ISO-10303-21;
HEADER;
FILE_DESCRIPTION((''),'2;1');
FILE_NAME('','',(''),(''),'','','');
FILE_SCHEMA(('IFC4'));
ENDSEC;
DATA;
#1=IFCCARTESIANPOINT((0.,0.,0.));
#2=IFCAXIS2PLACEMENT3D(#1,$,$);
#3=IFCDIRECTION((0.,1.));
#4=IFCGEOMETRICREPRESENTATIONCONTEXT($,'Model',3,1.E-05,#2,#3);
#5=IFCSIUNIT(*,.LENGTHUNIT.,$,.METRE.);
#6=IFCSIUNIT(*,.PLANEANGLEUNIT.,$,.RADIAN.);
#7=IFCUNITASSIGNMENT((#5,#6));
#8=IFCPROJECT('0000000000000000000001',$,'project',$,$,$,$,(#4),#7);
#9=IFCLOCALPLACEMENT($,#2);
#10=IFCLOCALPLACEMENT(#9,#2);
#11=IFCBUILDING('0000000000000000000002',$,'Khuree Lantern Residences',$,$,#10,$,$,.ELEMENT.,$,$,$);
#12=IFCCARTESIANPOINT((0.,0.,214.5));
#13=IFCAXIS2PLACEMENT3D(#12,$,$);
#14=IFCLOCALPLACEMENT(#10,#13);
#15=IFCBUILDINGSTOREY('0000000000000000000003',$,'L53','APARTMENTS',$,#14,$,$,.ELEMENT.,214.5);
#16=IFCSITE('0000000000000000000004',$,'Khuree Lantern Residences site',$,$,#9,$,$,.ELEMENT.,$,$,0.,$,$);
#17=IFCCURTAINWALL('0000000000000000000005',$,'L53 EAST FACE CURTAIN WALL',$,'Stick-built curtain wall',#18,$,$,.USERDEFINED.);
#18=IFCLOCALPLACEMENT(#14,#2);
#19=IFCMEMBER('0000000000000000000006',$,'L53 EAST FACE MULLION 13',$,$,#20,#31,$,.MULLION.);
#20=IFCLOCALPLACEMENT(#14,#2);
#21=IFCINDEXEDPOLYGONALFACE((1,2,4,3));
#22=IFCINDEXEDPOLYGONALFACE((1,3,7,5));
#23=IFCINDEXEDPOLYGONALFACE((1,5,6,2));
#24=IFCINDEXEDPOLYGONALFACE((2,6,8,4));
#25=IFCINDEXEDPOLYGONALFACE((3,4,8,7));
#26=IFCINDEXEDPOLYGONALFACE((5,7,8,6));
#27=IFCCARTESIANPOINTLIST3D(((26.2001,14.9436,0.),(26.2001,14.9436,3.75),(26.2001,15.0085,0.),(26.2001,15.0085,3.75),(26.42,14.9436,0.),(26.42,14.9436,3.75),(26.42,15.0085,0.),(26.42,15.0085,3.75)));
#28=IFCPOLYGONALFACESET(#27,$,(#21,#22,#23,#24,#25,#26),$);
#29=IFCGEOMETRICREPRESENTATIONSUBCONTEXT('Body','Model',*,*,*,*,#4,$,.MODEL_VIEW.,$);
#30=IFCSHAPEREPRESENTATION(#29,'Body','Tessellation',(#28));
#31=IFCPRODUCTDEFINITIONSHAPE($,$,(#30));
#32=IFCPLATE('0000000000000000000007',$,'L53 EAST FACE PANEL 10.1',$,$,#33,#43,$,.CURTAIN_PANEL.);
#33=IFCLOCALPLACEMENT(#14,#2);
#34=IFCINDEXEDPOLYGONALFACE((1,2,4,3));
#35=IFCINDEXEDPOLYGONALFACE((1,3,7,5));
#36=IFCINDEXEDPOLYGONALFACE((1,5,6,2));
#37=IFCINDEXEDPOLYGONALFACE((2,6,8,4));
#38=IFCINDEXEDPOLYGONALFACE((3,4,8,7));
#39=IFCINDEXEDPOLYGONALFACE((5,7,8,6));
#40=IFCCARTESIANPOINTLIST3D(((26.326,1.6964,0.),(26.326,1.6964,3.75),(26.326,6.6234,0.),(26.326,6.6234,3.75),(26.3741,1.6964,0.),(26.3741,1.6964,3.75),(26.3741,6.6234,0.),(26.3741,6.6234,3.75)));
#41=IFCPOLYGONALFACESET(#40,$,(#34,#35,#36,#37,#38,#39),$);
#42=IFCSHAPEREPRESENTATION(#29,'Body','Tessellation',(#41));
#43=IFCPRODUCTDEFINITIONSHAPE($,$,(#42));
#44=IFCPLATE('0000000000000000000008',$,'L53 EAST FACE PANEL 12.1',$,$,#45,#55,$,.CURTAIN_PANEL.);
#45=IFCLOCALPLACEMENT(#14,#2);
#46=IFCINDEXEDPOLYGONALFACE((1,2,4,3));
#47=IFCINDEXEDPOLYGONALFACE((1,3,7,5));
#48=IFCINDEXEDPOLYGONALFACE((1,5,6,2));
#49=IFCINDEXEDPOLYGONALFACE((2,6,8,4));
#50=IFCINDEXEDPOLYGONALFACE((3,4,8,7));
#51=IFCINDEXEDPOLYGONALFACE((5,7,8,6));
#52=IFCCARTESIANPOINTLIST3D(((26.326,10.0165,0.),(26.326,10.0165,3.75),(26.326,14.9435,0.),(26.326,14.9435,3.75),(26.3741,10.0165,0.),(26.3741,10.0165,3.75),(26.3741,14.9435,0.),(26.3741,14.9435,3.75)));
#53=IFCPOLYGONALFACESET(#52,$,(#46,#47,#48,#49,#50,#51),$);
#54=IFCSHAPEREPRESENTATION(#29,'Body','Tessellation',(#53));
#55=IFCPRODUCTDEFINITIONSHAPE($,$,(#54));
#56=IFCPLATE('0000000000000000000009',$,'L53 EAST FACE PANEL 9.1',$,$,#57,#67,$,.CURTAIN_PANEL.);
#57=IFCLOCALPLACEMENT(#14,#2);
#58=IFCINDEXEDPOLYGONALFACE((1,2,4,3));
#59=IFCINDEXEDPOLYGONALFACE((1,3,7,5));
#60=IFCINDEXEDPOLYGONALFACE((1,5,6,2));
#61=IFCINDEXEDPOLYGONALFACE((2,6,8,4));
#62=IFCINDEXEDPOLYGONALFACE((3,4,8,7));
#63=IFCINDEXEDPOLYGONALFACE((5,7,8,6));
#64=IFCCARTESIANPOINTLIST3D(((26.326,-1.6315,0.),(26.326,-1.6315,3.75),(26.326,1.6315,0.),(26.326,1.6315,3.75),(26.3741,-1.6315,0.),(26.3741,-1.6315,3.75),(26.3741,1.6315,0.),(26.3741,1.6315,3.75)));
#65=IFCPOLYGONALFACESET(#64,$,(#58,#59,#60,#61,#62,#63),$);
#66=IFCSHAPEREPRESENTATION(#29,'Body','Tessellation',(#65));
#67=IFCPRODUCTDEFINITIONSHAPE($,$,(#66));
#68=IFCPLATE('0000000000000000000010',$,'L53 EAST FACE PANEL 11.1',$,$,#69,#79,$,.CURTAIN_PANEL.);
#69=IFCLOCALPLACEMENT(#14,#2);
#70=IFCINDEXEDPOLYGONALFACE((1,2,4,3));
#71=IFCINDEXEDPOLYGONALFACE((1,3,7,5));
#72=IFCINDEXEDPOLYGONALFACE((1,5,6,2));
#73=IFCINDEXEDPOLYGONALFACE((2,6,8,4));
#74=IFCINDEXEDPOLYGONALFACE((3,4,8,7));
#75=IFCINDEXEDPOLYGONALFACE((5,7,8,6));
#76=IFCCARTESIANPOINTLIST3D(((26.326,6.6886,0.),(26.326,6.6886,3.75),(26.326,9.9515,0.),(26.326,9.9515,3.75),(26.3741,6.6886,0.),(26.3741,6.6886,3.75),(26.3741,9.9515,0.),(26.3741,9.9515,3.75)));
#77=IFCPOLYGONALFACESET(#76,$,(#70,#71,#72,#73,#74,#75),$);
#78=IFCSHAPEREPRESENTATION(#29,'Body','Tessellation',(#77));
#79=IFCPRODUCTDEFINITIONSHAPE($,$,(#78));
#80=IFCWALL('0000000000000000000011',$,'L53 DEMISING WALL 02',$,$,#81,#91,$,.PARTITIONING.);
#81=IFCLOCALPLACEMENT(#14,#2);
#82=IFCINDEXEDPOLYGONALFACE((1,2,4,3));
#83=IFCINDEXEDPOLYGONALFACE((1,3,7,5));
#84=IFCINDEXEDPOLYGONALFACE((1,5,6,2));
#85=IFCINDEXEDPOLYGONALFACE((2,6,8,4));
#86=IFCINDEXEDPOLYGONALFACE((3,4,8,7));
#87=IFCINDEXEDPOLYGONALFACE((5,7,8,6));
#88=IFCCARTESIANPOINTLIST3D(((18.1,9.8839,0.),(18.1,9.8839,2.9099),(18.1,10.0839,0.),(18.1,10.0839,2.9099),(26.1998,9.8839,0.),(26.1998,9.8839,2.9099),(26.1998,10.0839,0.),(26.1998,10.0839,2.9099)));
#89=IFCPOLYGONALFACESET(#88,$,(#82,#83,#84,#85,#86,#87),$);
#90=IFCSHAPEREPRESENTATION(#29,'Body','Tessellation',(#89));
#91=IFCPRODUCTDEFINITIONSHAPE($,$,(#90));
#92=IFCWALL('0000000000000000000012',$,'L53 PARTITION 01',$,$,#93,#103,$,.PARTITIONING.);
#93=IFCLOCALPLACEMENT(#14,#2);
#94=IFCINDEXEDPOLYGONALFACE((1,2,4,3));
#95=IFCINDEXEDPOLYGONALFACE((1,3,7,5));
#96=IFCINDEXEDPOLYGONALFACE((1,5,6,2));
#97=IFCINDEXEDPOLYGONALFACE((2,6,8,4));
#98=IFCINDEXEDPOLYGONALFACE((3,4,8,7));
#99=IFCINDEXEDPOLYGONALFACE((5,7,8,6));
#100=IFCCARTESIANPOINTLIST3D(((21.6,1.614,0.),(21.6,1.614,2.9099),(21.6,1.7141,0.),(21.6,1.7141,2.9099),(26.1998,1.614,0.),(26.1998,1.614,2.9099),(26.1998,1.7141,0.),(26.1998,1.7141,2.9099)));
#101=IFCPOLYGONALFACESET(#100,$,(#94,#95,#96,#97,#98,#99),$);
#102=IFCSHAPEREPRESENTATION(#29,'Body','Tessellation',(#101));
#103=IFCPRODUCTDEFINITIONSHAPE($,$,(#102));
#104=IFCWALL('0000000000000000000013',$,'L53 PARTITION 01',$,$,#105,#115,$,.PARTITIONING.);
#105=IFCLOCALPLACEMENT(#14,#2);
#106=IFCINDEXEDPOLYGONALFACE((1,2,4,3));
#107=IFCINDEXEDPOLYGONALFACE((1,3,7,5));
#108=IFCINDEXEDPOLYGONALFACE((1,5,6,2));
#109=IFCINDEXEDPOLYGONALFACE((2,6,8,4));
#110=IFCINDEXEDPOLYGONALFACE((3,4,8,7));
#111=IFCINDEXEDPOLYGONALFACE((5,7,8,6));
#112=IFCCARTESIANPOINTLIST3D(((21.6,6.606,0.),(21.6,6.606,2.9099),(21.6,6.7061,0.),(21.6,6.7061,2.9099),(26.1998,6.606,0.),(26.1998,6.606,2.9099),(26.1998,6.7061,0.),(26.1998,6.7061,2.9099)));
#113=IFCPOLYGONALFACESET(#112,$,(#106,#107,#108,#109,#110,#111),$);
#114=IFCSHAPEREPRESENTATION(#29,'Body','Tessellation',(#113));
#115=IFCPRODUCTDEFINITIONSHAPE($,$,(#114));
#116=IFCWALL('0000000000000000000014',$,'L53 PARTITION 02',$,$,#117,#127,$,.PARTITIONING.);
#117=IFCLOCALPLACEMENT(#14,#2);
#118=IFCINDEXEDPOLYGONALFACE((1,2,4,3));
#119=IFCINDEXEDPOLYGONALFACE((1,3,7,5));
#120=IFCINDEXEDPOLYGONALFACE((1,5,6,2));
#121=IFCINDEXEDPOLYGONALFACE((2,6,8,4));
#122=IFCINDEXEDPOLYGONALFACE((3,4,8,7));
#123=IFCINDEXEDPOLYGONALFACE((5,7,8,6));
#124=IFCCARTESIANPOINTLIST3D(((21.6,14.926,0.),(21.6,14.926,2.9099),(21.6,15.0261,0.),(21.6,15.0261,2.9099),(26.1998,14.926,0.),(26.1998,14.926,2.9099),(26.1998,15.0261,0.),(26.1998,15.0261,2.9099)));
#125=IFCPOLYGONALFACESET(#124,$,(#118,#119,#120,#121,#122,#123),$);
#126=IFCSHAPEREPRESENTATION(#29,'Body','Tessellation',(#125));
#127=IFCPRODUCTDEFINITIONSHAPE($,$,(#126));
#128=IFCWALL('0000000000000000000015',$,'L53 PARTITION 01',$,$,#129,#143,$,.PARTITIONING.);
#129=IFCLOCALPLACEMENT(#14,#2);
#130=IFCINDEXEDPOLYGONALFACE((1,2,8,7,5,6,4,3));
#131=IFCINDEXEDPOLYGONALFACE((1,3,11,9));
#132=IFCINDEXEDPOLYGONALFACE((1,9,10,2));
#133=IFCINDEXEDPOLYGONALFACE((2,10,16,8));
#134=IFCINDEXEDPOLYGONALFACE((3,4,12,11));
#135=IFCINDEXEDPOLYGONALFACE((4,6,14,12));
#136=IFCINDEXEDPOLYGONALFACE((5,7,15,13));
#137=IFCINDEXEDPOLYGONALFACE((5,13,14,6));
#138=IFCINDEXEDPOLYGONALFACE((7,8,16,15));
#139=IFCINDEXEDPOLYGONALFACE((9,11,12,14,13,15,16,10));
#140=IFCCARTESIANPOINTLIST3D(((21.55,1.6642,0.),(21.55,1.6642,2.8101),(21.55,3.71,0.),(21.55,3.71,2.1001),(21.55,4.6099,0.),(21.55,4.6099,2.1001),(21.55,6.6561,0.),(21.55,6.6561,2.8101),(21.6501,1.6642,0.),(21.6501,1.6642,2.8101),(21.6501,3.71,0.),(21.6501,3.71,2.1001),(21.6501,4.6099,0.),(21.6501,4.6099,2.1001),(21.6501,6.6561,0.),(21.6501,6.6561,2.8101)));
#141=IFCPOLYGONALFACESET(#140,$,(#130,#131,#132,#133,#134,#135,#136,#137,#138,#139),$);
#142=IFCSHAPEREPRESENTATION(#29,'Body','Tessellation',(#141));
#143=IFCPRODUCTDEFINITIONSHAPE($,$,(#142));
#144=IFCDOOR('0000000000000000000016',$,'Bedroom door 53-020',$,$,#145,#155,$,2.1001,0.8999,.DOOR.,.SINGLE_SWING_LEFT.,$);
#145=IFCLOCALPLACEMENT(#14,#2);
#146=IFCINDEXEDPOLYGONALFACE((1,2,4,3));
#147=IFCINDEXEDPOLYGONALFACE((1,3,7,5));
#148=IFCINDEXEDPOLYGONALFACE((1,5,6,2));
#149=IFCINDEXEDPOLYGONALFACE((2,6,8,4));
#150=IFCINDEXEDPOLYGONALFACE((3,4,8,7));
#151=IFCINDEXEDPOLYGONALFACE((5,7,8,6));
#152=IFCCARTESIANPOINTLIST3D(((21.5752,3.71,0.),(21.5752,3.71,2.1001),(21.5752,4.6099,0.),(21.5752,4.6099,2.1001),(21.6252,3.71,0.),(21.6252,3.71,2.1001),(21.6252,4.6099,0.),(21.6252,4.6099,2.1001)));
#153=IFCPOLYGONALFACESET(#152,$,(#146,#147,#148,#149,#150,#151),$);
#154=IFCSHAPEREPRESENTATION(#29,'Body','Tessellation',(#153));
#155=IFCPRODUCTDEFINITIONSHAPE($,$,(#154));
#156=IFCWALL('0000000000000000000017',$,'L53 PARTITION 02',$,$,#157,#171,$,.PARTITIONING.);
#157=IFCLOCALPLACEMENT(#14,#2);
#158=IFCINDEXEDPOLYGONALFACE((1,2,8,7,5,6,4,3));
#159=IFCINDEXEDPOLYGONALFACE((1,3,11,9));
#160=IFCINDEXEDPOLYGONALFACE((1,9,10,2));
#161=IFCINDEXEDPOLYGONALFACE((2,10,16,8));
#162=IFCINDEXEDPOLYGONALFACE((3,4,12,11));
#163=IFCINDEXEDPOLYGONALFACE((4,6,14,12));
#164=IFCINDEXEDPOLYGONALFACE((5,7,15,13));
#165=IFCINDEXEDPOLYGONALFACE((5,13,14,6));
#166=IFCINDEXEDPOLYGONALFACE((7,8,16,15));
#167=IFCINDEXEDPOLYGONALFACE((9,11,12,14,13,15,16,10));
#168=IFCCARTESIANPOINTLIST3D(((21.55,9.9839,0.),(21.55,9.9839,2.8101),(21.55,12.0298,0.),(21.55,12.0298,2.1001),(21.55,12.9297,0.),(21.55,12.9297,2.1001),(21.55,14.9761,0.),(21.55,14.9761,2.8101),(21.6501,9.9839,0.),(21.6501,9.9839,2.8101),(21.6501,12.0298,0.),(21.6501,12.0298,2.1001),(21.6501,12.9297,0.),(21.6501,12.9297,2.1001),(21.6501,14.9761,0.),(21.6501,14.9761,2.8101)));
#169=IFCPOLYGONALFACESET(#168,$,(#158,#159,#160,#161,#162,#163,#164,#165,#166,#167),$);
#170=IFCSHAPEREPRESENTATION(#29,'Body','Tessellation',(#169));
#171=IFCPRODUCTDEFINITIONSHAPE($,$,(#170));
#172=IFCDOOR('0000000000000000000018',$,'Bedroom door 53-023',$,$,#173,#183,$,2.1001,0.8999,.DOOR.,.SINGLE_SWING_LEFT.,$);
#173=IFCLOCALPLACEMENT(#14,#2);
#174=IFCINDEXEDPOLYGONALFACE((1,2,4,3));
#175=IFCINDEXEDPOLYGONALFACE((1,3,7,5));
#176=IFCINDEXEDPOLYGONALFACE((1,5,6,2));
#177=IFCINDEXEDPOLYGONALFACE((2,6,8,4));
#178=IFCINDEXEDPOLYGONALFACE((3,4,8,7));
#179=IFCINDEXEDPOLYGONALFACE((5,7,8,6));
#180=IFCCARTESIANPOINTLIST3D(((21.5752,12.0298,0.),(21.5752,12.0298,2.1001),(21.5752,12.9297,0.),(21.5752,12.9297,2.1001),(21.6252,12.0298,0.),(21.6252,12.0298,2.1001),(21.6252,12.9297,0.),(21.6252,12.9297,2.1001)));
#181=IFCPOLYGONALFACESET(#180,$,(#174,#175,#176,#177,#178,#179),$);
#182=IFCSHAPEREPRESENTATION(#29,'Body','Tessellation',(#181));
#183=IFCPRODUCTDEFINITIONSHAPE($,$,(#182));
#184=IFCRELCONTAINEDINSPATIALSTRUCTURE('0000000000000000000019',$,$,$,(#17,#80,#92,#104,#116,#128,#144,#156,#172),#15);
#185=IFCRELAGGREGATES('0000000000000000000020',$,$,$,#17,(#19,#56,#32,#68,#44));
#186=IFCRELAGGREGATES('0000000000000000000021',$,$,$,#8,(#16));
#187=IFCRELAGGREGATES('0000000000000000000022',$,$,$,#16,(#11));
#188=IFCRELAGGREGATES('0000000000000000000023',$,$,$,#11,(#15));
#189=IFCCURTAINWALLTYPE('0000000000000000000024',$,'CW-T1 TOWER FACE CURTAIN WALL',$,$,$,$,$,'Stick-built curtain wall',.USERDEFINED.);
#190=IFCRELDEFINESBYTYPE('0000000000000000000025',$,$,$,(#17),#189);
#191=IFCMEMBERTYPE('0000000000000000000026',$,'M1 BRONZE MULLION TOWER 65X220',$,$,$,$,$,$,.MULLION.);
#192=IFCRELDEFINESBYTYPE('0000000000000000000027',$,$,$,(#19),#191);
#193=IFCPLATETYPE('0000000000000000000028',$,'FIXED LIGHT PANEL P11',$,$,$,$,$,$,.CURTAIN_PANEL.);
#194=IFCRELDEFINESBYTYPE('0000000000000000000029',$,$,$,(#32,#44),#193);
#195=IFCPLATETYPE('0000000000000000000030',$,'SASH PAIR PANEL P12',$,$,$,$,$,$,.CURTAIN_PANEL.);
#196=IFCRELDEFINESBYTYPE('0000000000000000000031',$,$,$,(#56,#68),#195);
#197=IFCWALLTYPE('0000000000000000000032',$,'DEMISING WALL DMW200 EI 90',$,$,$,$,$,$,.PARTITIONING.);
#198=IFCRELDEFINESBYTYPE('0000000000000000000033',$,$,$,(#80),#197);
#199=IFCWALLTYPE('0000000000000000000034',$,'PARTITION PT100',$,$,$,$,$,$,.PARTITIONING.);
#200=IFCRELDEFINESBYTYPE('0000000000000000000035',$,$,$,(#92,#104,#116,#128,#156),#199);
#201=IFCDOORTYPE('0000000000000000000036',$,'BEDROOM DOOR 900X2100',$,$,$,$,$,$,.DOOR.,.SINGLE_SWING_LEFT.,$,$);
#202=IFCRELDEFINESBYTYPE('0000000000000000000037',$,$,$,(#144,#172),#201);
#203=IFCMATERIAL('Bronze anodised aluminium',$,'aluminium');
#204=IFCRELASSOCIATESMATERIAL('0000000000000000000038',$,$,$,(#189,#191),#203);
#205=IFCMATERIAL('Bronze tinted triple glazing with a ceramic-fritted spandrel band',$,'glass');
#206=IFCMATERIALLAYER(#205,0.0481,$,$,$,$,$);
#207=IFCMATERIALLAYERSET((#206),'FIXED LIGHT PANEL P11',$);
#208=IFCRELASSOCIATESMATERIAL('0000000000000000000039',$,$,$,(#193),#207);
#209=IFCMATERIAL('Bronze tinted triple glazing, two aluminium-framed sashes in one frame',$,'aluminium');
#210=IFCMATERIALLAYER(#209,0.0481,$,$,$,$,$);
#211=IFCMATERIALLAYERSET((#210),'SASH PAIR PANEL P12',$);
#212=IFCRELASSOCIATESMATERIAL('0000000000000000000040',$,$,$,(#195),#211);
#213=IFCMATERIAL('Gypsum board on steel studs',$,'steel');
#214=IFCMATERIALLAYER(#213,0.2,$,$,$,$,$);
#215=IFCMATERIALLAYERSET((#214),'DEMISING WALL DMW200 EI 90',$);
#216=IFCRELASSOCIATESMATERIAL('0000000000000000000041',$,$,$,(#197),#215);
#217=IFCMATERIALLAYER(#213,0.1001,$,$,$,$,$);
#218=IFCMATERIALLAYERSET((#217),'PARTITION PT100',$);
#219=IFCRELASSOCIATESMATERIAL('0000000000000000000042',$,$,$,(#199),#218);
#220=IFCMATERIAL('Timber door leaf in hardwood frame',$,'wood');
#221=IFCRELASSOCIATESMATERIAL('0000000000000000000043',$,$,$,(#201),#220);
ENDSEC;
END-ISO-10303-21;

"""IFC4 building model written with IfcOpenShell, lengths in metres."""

from ifc_helpers import new_model, si_unit, direction, frame, frame_2d, origin, origin_2d, place, context, subcontext, project, spatial, rectangle, extrude, material, layer, layer_set, material_profile, profile_set, type_object, element, fill, aggregate, save


model = new_model("IFC4")

# Units and contexts
model_context = context("Model", 3, precision=1e-05, world=origin(), true_north=direction((0.0, 1.0)))
body_context = subcontext(model_context, "Body", "Model", "MODEL_VIEW")
ifc_project = project(units=[si_unit("LENGTHUNIT", "METRE"), si_unit("PLANEANGLEUNIT", "RADIAN")], contexts=[model_context])

# Site, building, storey
site_placement = place(None, origin())
site = spatial("IfcSite", under=ifc_project, at=site_placement, Name="Khuree Lantern Residences site", CompositionType="ELEMENT", RefElevation=0.0)
building_placement = place(site_placement, origin())
building = spatial("IfcBuilding", under=site, at=building_placement, Name="Khuree Lantern Residences", CompositionType="ELEMENT")
storey_placement = place(building_placement, frame((0.0, 0.0, 214.5)))
storey = spatial("IfcBuildingStorey", under=building, at=storey_placement, Name="L53", Description="APARTMENTS", CompositionType="ELEMENT", Elevation=214.5)

# Curtain wall
ifc_material_1 = material(Name="Bronze anodised aluminium", Category="aluminium")
curtain_wall_type = type_object("IfcCurtainWallType", Name="CW-T1 TOWER FACE CURTAIN WALL", ElementType="Stick-built curtain wall", PredefinedType="USERDEFINED", material=ifc_material_1)
curtain_wall_placement = place(storey_placement, origin())
curtain_wall = element("IfcCurtainWall", 1, at=curtain_wall_placement, inside=storey, type_object=curtain_wall_type, Name="L53 EAST FACE CURTAIN WALL", ObjectType="Stick-built curtain wall", PredefinedType="USERDEFINED")

# Member
ifc_material_profile_1 = material_profile(ifc_material_1, rectangle(XDim=0.0649, YDim=0.22, at=origin_2d()), Name="M1 65X220")
ifc_profile_set_1 = profile_set([ifc_material_profile_1], Name="Bronze anodised aluminium")
member_type_1 = type_object("IfcMemberType", Name="M1 BRONZE MULLION TOWER 65X220", PredefinedType="MULLION", material=ifc_profile_set_1)
member_1_placement = place(storey_placement, frame((26.3101, 14.9761, 0.0), z_axis=(0.0, 0.0, 1.0), x_axis=(0.0, 1.0, 0.0)))
member_1 = element("IfcMember", 2, at=member_1_placement, type_object=member_type_1, Name="L53 EAST FACE MULLION 13", PredefinedType="MULLION", context=body_context, shape_type="SweptSolid", body=[
    extrude(rectangle(XDim=0.0649, YDim=0.22, at=origin_2d()), origin(), (0.0, 0.0, 1.0), 3.75),
])

# Plates
ifc_material_2 = material(Name="Bronze tinted triple glazing with a ceramic-fritted spandrel band", Category="glass")
ifc_layer_1 = layer(ifc_material_2, 0.0481)
ifc_layer_set_1 = layer_set([ifc_layer_1], Name="FIXED LIGHT PANEL P11")
plate_type_1 = type_object("IfcPlateType", Name="FIXED LIGHT PANEL P11", PredefinedType="CURTAIN_PANEL", material=ifc_layer_set_1)
plate_1_placement = place(storey_placement, frame((26.3501, 4.1599, 0.0), z_axis=(0.0, 0.0, 1.0), x_axis=(0.0, 1.0, 0.0)))
plate_1 = element("IfcPlate", 3, at=plate_1_placement, type_object=plate_type_1, Name="L53 EAST FACE PANEL 10.1", PredefinedType="CURTAIN_PANEL", context=body_context, shape_type="SweptSolid", body=[
    extrude(rectangle(XDim=4.927, YDim=0.0481, at=origin_2d()), origin(), (0.0, 0.0, 1.0), 3.75),
])
plate_2_placement = place(storey_placement, frame((26.3501, 12.48, 0.0), z_axis=(0.0, 0.0, 1.0), x_axis=(0.0, 1.0, 0.0)))
plate_2 = element("IfcPlate", 4, at=plate_2_placement, type_object=plate_type_1, Name="L53 EAST FACE PANEL 12.1", PredefinedType="CURTAIN_PANEL", context=body_context, shape_type="SweptSolid", body=[
    extrude(rectangle(XDim=4.927, YDim=0.0481, at=origin_2d()), origin(), (0.0, 0.0, 1.0), 3.75),
])
ifc_material_3 = material(Name="Bronze tinted triple glazing, two aluminium-framed sashes in one frame", Category="aluminium")
ifc_layer_2 = layer(ifc_material_3, 0.0481)
ifc_layer_set_2 = layer_set([ifc_layer_2], Name="SASH PAIR PANEL P12")
plate_type_2 = type_object("IfcPlateType", Name="SASH PAIR PANEL P12", PredefinedType="CURTAIN_PANEL", material=ifc_layer_set_2)
plate_3_placement = place(storey_placement, frame((26.3501, 0.0, 0.0), z_axis=(0.0, 0.0, 1.0), x_axis=(0.0, 1.0, 0.0)))
plate_3 = element("IfcPlate", 5, at=plate_3_placement, type_object=plate_type_2, Name="L53 EAST FACE PANEL 9.1", PredefinedType="CURTAIN_PANEL", context=body_context, shape_type="SweptSolid", body=[
    extrude(rectangle(XDim=3.2629, YDim=0.0481, at=origin_2d()), origin(), (0.0, 0.0, 1.0), 3.75),
])
plate_4_placement = place(storey_placement, frame((26.3501, 8.3201, 0.0), z_axis=(0.0, 0.0, 1.0), x_axis=(0.0, 1.0, 0.0)))
plate_4 = element("IfcPlate", 6, at=plate_4_placement, type_object=plate_type_2, Name="L53 EAST FACE PANEL 11.1", PredefinedType="CURTAIN_PANEL", context=body_context, shape_type="SweptSolid", body=[
    extrude(rectangle(XDim=3.2629, YDim=0.0481, at=origin_2d()), origin(), (0.0, 0.0, 1.0), 3.75),
])
aggregate(curtain_wall, [member_1, plate_3, plate_1, plate_4, plate_2])

# Walls
ifc_material_4 = material(Name="Gypsum board on steel studs", Category="steel")
ifc_layer_3 = layer(ifc_material_4, 0.2)
ifc_layer_set_3 = layer_set([ifc_layer_3], Name="DEMISING WALL DMW200 EI 90")
wall_type_1 = type_object("IfcWallType", Name="DEMISING WALL DMW200 EI 90", PredefinedType="PARTITIONING", material=ifc_layer_set_3)
wall_1_placement = place(storey_placement, frame((18.1001, 9.9839, 0.0), z_axis=(0.0, 0.0, 1.0), x_axis=(1.0, 0.0, 0.0)))
element("IfcWall", 7, at=wall_1_placement, inside=storey, type_object=wall_type_1, Name="L53 DEMISING WALL 02", PredefinedType="PARTITIONING", context=body_context, shape_type="SweptSolid", body=[
    extrude(rectangle(XDim=8.0999, YDim=0.2, at=frame_2d((4.0498, 0.0))), origin(), (0.0, 0.0, 1.0), 2.9099),
])
ifc_layer_4 = layer(ifc_material_4, 0.1001)
ifc_layer_set_4 = layer_set([ifc_layer_4], Name="PARTITION PT100")
wall_type_2 = type_object("IfcWallType", Name="PARTITION PT100", PredefinedType="PARTITIONING", material=ifc_layer_set_4)
for number, where, z_axis, x_axis, name in (
    (8, (21.6001, 1.6641, 0.0), (0.0, 0.0, 1.0), (1.0, 0.0, 0.0), "L53 PARTITION 01"),
    (9, (21.6001, 6.656, 0.0), (0.0, 0.0, 1.0), (1.0, 0.0, 0.0), "L53 PARTITION 01"),
    (10, (21.6001, 14.9761, 0.0), (0.0, 0.0, 1.0), (1.0, 0.0, 0.0), "L53 PARTITION 02"),
):
    element("IfcWall", number, at=place(storey_placement, frame(where, z_axis=z_axis, x_axis=x_axis)), inside=storey, type_object=wall_type_2, Name=name, PredefinedType="PARTITIONING", context=body_context, shape_type="SweptSolid", body=[
        extrude(rectangle(XDim=4.5999, YDim=0.1001, at=frame_2d((2.2998, 0.0))), origin(), (0.0, 0.0, 1.0), 2.9099),
    ])

# Walls, openings, doors
wall_2_placement = place(storey_placement, frame((21.6001, 1.6641, 0.0), z_axis=(0.0, 0.0, 1.0), x_axis=(0.0, 1.0, 0.0)))
wall_2 = element("IfcWall", 11, at=wall_2_placement, inside=storey, type_object=wall_type_2, Name="L53 PARTITION 01", PredefinedType="PARTITIONING", context=body_context, shape_type="SweptSolid", body=[
    extrude(rectangle(XDim=4.9919, YDim=0.1001, at=frame_2d((2.4961, 0.0))), origin(), (0.0, 0.0, 1.0), 2.8101),
])
opening_1_placement = place(wall_2_placement, frame((2.0459, 0.0, 0.0)))
opening_1 = element("IfcOpeningElement", 12, at=opening_1_placement, cuts=wall_2, PredefinedType="OPENING", context=body_context, shape_type="SweptSolid", body=[
    extrude(rectangle(XDim=0.8999, YDim=2.1001, at=frame_2d((0.45, 1.05))), frame((0.0, 0.0601, 0.0), z_axis=(0.0, -1.0, 0.0), x_axis=(1.0, 0.0, 0.0)), (0.0, 0.0, 1.0), 0.1201),
])
ifc_material_5 = material(Name="Timber door leaf in hardwood frame", Category="wood")
door_type = type_object("IfcDoorType", Name="BEDROOM DOOR 900X2100", OperationType="SINGLE_SWING_LEFT", PredefinedType="DOOR", material=ifc_material_5)
door_1_placement = place(opening_1_placement, origin())
door_1 = element("IfcDoor", 13, at=door_1_placement, inside=storey, type_object=door_type, Name="Bedroom door 53-020", OperationType="SINGLE_SWING_LEFT", OverallHeight=2.1001, OverallWidth=0.8999, PredefinedType="DOOR", context=body_context, shape_type="SweptSolid", body=[
    extrude(rectangle(XDim=0.8999, YDim=2.1001, at=frame_2d((0.45, 1.05))), frame((0.0, 0.0249, 0.0), z_axis=(0.0, -1.0, 0.0), x_axis=(1.0, 0.0, 0.0)), (0.0, 0.0, 1.0), 0.05),
])
fill(opening_1, door_1)
wall_3_placement = place(storey_placement, frame((21.6001, 9.9839, 0.0), z_axis=(0.0, 0.0, 1.0), x_axis=(0.0, 1.0, 0.0)))
wall_3 = element("IfcWall", 14, at=wall_3_placement, inside=storey, type_object=wall_type_2, Name="L53 PARTITION 02", PredefinedType="PARTITIONING", context=body_context, shape_type="SweptSolid", body=[
    extrude(rectangle(XDim=4.9922, YDim=0.1001, at=frame_2d((2.4961, 0.0))), origin(), (0.0, 0.0, 1.0), 2.8101),
])
opening_2_placement = place(wall_3_placement, frame((2.0459, 0.0, 0.0)))
opening_2 = element("IfcOpeningElement", 15, at=opening_2_placement, cuts=wall_3, PredefinedType="OPENING", context=body_context, shape_type="SweptSolid", body=[
    extrude(rectangle(XDim=0.8999, YDim=2.1001, at=frame_2d((0.45, 1.05))), frame((0.0, 0.0601, 0.0), z_axis=(0.0, -1.0, 0.0), x_axis=(1.0, 0.0, 0.0)), (0.0, 0.0, 1.0), 0.1201),
])
door_2_placement = place(opening_2_placement, origin())
door_2 = element("IfcDoor", 16, at=door_2_placement, inside=storey, type_object=door_type, Name="Bedroom door 53-023", OperationType="SINGLE_SWING_LEFT", OverallHeight=2.1001, OverallWidth=0.8999, PredefinedType="DOOR", context=body_context, shape_type="SweptSolid", body=[
    extrude(rectangle(XDim=0.8999, YDim=2.1001, at=frame_2d((0.45, 1.05))), frame((0.0, 0.0249, 0.0), z_axis=(0.0, -1.0, 0.0), x_axis=(1.0, 0.0, 0.0)), (0.0, 0.0, 1.0), 0.05),
])
fill(opening_2, door_2)

save(model, "model.ifc")
